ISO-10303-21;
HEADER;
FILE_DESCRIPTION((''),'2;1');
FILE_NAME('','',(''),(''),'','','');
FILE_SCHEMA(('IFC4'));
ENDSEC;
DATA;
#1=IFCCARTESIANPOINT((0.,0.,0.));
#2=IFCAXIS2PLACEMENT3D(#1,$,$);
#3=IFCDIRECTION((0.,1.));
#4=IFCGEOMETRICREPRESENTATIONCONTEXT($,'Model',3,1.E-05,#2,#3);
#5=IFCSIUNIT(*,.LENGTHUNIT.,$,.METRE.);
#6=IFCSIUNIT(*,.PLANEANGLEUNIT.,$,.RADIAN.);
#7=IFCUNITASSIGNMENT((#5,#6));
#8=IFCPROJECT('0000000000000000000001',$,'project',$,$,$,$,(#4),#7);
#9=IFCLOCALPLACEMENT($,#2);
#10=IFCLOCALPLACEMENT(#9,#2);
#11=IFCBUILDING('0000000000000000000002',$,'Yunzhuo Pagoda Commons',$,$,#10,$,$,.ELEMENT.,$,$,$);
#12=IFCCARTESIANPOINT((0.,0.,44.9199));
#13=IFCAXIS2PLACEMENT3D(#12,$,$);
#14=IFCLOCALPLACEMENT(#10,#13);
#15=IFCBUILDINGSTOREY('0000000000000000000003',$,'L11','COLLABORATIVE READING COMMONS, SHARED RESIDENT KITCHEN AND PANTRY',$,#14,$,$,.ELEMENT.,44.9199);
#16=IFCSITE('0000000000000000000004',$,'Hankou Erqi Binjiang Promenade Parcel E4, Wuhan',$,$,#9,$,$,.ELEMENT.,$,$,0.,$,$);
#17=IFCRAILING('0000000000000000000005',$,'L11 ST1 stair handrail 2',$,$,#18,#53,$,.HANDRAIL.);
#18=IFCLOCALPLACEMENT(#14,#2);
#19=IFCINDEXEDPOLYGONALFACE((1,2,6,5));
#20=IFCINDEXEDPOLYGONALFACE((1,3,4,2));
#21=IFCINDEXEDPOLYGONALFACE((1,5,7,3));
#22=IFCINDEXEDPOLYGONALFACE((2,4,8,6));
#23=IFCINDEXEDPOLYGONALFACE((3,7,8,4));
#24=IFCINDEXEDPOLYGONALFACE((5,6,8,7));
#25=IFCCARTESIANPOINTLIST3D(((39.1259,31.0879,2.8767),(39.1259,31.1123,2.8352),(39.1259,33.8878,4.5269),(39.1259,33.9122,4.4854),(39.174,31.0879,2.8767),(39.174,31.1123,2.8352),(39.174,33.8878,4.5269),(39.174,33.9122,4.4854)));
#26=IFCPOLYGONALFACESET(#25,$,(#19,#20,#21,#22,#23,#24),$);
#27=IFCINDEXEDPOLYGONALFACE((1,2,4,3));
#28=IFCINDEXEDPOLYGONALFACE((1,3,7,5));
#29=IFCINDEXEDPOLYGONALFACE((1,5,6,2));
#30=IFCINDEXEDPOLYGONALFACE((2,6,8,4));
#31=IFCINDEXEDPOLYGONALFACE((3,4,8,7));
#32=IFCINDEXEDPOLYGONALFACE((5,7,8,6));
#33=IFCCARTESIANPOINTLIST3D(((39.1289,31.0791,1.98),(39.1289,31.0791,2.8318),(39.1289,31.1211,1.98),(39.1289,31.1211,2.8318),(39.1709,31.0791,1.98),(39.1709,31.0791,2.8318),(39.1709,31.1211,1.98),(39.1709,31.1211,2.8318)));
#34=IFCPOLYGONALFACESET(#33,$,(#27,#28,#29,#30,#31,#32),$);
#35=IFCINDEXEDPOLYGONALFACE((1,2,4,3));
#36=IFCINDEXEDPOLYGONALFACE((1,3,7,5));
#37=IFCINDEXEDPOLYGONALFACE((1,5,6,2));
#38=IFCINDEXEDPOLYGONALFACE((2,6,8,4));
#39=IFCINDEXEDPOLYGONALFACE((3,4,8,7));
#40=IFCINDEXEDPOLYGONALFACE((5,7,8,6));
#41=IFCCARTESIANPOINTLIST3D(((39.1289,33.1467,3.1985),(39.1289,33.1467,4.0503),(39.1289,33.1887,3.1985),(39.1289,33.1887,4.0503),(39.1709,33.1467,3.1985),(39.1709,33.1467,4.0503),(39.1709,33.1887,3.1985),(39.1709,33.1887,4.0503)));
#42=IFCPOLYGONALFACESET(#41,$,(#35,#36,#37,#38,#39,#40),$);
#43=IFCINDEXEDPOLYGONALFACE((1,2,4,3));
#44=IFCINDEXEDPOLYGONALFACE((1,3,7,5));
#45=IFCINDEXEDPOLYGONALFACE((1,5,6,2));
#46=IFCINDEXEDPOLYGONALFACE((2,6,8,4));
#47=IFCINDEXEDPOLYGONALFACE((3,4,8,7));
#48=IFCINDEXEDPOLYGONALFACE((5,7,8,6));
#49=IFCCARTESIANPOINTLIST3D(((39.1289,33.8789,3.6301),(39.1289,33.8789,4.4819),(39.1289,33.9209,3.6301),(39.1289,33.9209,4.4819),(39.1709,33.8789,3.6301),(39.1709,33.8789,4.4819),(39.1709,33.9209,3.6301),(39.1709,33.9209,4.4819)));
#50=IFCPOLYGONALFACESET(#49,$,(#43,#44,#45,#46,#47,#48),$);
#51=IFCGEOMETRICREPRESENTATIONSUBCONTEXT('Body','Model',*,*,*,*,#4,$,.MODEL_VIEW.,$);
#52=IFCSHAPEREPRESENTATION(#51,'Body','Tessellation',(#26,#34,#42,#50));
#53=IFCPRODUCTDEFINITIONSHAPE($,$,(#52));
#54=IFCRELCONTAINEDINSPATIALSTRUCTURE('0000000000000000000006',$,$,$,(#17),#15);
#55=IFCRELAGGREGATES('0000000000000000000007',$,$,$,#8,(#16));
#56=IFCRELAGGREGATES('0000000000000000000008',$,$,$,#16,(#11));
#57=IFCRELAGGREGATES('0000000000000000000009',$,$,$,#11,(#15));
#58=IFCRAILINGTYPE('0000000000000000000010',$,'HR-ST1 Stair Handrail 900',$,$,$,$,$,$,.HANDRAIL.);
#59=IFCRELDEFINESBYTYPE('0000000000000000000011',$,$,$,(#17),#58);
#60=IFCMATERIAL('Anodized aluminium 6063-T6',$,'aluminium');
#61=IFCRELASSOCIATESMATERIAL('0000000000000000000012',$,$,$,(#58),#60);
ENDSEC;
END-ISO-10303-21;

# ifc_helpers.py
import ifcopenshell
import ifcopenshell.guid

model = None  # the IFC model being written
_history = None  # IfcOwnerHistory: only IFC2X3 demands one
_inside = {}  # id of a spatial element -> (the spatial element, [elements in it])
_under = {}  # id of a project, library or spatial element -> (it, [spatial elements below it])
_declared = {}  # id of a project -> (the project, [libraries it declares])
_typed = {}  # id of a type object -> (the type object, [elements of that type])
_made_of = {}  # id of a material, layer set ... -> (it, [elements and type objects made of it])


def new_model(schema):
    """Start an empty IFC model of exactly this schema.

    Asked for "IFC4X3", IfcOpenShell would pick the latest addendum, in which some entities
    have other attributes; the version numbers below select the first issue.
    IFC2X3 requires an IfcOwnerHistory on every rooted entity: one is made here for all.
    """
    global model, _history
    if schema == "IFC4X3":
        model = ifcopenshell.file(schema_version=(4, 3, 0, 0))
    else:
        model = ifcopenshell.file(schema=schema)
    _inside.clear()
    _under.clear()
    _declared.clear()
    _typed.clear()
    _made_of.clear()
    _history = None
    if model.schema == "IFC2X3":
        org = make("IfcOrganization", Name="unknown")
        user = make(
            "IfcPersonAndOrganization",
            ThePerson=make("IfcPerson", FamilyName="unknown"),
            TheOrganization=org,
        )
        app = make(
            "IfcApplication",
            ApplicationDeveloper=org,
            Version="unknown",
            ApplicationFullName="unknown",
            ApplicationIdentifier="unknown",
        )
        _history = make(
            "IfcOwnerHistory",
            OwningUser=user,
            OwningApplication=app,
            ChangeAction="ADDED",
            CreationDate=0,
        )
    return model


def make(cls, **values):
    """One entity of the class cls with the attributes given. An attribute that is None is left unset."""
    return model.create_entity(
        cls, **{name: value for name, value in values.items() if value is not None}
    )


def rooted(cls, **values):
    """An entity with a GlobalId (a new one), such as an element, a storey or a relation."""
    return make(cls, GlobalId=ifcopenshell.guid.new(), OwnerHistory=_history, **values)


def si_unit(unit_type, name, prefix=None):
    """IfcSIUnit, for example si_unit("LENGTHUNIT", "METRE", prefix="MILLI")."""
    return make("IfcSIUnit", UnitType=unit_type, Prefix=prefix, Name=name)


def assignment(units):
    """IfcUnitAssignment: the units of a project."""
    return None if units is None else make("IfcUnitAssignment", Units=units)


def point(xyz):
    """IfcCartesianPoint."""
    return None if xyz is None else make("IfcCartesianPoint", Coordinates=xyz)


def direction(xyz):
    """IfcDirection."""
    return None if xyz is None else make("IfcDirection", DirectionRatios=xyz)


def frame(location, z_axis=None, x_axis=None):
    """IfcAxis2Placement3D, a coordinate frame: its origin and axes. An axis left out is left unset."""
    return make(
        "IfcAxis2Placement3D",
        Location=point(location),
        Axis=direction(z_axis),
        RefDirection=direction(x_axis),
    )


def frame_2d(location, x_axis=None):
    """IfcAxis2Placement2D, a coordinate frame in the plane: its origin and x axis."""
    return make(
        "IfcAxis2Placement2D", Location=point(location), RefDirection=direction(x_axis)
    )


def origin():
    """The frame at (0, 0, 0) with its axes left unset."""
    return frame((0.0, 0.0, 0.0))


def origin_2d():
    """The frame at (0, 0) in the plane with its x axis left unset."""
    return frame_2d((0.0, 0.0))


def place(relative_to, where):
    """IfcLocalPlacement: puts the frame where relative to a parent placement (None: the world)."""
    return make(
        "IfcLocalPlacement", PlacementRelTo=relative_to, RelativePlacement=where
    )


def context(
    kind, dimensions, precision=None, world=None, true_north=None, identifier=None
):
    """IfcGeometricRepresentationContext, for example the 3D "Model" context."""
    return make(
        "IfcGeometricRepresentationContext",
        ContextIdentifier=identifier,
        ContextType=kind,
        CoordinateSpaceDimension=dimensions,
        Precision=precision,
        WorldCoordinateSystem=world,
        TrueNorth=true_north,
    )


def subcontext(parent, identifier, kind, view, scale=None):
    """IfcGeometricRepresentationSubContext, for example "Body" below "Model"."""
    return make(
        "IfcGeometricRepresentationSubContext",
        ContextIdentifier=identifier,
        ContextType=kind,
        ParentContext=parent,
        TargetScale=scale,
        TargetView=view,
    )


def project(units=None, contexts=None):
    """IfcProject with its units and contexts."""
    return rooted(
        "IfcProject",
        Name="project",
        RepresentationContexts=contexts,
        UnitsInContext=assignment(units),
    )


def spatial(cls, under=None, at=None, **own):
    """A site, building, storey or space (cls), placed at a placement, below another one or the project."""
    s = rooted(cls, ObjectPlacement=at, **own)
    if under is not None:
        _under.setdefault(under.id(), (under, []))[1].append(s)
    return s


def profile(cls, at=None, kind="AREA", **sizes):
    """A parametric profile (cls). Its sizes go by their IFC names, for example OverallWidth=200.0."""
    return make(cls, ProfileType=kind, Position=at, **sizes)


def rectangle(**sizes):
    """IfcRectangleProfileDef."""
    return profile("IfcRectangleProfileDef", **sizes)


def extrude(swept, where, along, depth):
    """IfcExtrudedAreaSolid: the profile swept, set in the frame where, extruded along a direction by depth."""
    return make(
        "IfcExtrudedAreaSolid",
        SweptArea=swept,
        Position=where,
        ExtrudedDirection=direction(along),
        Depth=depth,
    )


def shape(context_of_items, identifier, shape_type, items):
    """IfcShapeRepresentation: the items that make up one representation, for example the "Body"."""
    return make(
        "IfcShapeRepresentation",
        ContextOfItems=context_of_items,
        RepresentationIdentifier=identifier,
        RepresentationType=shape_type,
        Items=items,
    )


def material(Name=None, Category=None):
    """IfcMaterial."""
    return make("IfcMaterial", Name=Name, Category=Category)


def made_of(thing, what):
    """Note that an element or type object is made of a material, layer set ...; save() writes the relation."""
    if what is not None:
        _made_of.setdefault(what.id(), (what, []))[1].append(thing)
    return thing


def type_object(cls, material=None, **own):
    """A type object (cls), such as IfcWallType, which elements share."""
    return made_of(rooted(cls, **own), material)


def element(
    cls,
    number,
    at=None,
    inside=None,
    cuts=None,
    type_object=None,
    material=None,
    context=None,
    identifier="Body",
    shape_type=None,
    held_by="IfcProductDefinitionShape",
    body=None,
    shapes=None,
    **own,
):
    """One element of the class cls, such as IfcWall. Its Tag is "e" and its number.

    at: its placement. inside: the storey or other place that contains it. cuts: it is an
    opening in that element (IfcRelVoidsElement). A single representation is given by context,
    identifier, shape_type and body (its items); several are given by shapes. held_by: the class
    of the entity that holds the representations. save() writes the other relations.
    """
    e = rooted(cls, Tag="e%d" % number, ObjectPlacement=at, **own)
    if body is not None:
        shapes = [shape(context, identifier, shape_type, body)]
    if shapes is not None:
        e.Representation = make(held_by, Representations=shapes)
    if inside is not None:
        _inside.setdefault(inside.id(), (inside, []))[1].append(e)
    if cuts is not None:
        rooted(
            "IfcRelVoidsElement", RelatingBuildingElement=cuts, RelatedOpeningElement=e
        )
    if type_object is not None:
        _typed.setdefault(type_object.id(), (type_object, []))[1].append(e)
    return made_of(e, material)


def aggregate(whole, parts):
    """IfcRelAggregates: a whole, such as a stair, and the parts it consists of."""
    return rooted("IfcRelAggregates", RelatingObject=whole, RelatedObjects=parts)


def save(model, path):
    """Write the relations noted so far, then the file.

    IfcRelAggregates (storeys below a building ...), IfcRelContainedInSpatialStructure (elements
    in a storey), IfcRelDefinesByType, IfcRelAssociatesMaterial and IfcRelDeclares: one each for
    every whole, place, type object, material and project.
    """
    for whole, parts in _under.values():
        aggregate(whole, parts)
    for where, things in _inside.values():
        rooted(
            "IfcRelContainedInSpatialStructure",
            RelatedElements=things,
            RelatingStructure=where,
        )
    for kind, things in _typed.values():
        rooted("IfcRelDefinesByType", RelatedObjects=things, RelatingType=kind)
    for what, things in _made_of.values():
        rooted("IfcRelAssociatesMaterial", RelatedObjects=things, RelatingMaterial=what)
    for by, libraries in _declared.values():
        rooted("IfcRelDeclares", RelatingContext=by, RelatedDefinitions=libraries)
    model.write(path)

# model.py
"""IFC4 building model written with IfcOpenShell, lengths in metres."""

from ifc_helpers import new_model, si_unit, direction, frame, origin, origin_2d, place, context, subcontext, project, spatial, rectangle, extrude, material, type_object, element, save


model = new_model("IFC4")

# Units and contexts
model_context = context("Model", 3, precision=1e-05, world=origin(), true_north=direction((0.0, 1.0)))
body_context = subcontext(model_context, "Body", "Model", "MODEL_VIEW")
ifc_project = project(units=[si_unit("LENGTHUNIT", "METRE"), si_unit("PLANEANGLEUNIT", "RADIAN")], contexts=[model_context])

# Site, building, storey
site_placement = place(None, origin())
site = spatial("IfcSite", under=ifc_project, at=site_placement, Name="Hankou Erqi Binjiang Promenade Parcel E4, Wuhan", CompositionType="ELEMENT", RefElevation=0.0)
building_placement = place(site_placement, origin())
building = spatial("IfcBuilding", under=site, at=building_placement, Name="Yunzhuo Pagoda Commons", CompositionType="ELEMENT")
storey_placement = place(building_placement, frame((0.0, 0.0, 44.9199)))
storey = spatial("IfcBuildingStorey", under=building, at=storey_placement, Name="L11", Description="COLLABORATIVE READING COMMONS, SHARED RESIDENT KITCHEN AND PANTRY", CompositionType="ELEMENT", Elevation=44.9199)

# Railing
ifc_material_1 = material(Name="Anodized aluminium 6063-T6", Category="aluminium")
railing_type_1 = type_object("IfcRailingType", Name="HR-ST1 Stair Handrail 900", PredefinedType="HANDRAIL", material=ifc_material_1)
railing_1_placement = place(storey_placement, frame((39.1499, 31.1001, 1.98)))
element("IfcRailing", 1, at=railing_1_placement, inside=storey, type_object=railing_type_1, Name="L11 ST1 stair handrail 2", PredefinedType="HANDRAIL", context=body_context, shape_type="SweptSolid", body=[
    extrude(rectangle(XDim=0.0481, YDim=0.0481, at=origin_2d()), frame((0.0, 0.0, 0.876), z_axis=(0.0, 0.861503, 0.507752), x_axis=(-1.0, 0.0, 0.0)), (0.0, 0.0, 1.0), 3.25),
    extrude(rectangle(XDim=0.042, YDim=0.042, at=origin_2d()), origin(), (0.0, 0.0, 1.0), 0.8518),
    extrude(rectangle(XDim=0.042, YDim=0.042, at=origin_2d()), frame((0.0, 2.0676, 1.2185)), (0.0, 0.0, 1.0), 0.8518),
    extrude(rectangle(XDim=0.042, YDim=0.042, at=origin_2d()), frame((0.0, 2.7998, 1.6501)), (0.0, 0.0, 1.0), 0.8518),
])

save(model, "model.ifc")
